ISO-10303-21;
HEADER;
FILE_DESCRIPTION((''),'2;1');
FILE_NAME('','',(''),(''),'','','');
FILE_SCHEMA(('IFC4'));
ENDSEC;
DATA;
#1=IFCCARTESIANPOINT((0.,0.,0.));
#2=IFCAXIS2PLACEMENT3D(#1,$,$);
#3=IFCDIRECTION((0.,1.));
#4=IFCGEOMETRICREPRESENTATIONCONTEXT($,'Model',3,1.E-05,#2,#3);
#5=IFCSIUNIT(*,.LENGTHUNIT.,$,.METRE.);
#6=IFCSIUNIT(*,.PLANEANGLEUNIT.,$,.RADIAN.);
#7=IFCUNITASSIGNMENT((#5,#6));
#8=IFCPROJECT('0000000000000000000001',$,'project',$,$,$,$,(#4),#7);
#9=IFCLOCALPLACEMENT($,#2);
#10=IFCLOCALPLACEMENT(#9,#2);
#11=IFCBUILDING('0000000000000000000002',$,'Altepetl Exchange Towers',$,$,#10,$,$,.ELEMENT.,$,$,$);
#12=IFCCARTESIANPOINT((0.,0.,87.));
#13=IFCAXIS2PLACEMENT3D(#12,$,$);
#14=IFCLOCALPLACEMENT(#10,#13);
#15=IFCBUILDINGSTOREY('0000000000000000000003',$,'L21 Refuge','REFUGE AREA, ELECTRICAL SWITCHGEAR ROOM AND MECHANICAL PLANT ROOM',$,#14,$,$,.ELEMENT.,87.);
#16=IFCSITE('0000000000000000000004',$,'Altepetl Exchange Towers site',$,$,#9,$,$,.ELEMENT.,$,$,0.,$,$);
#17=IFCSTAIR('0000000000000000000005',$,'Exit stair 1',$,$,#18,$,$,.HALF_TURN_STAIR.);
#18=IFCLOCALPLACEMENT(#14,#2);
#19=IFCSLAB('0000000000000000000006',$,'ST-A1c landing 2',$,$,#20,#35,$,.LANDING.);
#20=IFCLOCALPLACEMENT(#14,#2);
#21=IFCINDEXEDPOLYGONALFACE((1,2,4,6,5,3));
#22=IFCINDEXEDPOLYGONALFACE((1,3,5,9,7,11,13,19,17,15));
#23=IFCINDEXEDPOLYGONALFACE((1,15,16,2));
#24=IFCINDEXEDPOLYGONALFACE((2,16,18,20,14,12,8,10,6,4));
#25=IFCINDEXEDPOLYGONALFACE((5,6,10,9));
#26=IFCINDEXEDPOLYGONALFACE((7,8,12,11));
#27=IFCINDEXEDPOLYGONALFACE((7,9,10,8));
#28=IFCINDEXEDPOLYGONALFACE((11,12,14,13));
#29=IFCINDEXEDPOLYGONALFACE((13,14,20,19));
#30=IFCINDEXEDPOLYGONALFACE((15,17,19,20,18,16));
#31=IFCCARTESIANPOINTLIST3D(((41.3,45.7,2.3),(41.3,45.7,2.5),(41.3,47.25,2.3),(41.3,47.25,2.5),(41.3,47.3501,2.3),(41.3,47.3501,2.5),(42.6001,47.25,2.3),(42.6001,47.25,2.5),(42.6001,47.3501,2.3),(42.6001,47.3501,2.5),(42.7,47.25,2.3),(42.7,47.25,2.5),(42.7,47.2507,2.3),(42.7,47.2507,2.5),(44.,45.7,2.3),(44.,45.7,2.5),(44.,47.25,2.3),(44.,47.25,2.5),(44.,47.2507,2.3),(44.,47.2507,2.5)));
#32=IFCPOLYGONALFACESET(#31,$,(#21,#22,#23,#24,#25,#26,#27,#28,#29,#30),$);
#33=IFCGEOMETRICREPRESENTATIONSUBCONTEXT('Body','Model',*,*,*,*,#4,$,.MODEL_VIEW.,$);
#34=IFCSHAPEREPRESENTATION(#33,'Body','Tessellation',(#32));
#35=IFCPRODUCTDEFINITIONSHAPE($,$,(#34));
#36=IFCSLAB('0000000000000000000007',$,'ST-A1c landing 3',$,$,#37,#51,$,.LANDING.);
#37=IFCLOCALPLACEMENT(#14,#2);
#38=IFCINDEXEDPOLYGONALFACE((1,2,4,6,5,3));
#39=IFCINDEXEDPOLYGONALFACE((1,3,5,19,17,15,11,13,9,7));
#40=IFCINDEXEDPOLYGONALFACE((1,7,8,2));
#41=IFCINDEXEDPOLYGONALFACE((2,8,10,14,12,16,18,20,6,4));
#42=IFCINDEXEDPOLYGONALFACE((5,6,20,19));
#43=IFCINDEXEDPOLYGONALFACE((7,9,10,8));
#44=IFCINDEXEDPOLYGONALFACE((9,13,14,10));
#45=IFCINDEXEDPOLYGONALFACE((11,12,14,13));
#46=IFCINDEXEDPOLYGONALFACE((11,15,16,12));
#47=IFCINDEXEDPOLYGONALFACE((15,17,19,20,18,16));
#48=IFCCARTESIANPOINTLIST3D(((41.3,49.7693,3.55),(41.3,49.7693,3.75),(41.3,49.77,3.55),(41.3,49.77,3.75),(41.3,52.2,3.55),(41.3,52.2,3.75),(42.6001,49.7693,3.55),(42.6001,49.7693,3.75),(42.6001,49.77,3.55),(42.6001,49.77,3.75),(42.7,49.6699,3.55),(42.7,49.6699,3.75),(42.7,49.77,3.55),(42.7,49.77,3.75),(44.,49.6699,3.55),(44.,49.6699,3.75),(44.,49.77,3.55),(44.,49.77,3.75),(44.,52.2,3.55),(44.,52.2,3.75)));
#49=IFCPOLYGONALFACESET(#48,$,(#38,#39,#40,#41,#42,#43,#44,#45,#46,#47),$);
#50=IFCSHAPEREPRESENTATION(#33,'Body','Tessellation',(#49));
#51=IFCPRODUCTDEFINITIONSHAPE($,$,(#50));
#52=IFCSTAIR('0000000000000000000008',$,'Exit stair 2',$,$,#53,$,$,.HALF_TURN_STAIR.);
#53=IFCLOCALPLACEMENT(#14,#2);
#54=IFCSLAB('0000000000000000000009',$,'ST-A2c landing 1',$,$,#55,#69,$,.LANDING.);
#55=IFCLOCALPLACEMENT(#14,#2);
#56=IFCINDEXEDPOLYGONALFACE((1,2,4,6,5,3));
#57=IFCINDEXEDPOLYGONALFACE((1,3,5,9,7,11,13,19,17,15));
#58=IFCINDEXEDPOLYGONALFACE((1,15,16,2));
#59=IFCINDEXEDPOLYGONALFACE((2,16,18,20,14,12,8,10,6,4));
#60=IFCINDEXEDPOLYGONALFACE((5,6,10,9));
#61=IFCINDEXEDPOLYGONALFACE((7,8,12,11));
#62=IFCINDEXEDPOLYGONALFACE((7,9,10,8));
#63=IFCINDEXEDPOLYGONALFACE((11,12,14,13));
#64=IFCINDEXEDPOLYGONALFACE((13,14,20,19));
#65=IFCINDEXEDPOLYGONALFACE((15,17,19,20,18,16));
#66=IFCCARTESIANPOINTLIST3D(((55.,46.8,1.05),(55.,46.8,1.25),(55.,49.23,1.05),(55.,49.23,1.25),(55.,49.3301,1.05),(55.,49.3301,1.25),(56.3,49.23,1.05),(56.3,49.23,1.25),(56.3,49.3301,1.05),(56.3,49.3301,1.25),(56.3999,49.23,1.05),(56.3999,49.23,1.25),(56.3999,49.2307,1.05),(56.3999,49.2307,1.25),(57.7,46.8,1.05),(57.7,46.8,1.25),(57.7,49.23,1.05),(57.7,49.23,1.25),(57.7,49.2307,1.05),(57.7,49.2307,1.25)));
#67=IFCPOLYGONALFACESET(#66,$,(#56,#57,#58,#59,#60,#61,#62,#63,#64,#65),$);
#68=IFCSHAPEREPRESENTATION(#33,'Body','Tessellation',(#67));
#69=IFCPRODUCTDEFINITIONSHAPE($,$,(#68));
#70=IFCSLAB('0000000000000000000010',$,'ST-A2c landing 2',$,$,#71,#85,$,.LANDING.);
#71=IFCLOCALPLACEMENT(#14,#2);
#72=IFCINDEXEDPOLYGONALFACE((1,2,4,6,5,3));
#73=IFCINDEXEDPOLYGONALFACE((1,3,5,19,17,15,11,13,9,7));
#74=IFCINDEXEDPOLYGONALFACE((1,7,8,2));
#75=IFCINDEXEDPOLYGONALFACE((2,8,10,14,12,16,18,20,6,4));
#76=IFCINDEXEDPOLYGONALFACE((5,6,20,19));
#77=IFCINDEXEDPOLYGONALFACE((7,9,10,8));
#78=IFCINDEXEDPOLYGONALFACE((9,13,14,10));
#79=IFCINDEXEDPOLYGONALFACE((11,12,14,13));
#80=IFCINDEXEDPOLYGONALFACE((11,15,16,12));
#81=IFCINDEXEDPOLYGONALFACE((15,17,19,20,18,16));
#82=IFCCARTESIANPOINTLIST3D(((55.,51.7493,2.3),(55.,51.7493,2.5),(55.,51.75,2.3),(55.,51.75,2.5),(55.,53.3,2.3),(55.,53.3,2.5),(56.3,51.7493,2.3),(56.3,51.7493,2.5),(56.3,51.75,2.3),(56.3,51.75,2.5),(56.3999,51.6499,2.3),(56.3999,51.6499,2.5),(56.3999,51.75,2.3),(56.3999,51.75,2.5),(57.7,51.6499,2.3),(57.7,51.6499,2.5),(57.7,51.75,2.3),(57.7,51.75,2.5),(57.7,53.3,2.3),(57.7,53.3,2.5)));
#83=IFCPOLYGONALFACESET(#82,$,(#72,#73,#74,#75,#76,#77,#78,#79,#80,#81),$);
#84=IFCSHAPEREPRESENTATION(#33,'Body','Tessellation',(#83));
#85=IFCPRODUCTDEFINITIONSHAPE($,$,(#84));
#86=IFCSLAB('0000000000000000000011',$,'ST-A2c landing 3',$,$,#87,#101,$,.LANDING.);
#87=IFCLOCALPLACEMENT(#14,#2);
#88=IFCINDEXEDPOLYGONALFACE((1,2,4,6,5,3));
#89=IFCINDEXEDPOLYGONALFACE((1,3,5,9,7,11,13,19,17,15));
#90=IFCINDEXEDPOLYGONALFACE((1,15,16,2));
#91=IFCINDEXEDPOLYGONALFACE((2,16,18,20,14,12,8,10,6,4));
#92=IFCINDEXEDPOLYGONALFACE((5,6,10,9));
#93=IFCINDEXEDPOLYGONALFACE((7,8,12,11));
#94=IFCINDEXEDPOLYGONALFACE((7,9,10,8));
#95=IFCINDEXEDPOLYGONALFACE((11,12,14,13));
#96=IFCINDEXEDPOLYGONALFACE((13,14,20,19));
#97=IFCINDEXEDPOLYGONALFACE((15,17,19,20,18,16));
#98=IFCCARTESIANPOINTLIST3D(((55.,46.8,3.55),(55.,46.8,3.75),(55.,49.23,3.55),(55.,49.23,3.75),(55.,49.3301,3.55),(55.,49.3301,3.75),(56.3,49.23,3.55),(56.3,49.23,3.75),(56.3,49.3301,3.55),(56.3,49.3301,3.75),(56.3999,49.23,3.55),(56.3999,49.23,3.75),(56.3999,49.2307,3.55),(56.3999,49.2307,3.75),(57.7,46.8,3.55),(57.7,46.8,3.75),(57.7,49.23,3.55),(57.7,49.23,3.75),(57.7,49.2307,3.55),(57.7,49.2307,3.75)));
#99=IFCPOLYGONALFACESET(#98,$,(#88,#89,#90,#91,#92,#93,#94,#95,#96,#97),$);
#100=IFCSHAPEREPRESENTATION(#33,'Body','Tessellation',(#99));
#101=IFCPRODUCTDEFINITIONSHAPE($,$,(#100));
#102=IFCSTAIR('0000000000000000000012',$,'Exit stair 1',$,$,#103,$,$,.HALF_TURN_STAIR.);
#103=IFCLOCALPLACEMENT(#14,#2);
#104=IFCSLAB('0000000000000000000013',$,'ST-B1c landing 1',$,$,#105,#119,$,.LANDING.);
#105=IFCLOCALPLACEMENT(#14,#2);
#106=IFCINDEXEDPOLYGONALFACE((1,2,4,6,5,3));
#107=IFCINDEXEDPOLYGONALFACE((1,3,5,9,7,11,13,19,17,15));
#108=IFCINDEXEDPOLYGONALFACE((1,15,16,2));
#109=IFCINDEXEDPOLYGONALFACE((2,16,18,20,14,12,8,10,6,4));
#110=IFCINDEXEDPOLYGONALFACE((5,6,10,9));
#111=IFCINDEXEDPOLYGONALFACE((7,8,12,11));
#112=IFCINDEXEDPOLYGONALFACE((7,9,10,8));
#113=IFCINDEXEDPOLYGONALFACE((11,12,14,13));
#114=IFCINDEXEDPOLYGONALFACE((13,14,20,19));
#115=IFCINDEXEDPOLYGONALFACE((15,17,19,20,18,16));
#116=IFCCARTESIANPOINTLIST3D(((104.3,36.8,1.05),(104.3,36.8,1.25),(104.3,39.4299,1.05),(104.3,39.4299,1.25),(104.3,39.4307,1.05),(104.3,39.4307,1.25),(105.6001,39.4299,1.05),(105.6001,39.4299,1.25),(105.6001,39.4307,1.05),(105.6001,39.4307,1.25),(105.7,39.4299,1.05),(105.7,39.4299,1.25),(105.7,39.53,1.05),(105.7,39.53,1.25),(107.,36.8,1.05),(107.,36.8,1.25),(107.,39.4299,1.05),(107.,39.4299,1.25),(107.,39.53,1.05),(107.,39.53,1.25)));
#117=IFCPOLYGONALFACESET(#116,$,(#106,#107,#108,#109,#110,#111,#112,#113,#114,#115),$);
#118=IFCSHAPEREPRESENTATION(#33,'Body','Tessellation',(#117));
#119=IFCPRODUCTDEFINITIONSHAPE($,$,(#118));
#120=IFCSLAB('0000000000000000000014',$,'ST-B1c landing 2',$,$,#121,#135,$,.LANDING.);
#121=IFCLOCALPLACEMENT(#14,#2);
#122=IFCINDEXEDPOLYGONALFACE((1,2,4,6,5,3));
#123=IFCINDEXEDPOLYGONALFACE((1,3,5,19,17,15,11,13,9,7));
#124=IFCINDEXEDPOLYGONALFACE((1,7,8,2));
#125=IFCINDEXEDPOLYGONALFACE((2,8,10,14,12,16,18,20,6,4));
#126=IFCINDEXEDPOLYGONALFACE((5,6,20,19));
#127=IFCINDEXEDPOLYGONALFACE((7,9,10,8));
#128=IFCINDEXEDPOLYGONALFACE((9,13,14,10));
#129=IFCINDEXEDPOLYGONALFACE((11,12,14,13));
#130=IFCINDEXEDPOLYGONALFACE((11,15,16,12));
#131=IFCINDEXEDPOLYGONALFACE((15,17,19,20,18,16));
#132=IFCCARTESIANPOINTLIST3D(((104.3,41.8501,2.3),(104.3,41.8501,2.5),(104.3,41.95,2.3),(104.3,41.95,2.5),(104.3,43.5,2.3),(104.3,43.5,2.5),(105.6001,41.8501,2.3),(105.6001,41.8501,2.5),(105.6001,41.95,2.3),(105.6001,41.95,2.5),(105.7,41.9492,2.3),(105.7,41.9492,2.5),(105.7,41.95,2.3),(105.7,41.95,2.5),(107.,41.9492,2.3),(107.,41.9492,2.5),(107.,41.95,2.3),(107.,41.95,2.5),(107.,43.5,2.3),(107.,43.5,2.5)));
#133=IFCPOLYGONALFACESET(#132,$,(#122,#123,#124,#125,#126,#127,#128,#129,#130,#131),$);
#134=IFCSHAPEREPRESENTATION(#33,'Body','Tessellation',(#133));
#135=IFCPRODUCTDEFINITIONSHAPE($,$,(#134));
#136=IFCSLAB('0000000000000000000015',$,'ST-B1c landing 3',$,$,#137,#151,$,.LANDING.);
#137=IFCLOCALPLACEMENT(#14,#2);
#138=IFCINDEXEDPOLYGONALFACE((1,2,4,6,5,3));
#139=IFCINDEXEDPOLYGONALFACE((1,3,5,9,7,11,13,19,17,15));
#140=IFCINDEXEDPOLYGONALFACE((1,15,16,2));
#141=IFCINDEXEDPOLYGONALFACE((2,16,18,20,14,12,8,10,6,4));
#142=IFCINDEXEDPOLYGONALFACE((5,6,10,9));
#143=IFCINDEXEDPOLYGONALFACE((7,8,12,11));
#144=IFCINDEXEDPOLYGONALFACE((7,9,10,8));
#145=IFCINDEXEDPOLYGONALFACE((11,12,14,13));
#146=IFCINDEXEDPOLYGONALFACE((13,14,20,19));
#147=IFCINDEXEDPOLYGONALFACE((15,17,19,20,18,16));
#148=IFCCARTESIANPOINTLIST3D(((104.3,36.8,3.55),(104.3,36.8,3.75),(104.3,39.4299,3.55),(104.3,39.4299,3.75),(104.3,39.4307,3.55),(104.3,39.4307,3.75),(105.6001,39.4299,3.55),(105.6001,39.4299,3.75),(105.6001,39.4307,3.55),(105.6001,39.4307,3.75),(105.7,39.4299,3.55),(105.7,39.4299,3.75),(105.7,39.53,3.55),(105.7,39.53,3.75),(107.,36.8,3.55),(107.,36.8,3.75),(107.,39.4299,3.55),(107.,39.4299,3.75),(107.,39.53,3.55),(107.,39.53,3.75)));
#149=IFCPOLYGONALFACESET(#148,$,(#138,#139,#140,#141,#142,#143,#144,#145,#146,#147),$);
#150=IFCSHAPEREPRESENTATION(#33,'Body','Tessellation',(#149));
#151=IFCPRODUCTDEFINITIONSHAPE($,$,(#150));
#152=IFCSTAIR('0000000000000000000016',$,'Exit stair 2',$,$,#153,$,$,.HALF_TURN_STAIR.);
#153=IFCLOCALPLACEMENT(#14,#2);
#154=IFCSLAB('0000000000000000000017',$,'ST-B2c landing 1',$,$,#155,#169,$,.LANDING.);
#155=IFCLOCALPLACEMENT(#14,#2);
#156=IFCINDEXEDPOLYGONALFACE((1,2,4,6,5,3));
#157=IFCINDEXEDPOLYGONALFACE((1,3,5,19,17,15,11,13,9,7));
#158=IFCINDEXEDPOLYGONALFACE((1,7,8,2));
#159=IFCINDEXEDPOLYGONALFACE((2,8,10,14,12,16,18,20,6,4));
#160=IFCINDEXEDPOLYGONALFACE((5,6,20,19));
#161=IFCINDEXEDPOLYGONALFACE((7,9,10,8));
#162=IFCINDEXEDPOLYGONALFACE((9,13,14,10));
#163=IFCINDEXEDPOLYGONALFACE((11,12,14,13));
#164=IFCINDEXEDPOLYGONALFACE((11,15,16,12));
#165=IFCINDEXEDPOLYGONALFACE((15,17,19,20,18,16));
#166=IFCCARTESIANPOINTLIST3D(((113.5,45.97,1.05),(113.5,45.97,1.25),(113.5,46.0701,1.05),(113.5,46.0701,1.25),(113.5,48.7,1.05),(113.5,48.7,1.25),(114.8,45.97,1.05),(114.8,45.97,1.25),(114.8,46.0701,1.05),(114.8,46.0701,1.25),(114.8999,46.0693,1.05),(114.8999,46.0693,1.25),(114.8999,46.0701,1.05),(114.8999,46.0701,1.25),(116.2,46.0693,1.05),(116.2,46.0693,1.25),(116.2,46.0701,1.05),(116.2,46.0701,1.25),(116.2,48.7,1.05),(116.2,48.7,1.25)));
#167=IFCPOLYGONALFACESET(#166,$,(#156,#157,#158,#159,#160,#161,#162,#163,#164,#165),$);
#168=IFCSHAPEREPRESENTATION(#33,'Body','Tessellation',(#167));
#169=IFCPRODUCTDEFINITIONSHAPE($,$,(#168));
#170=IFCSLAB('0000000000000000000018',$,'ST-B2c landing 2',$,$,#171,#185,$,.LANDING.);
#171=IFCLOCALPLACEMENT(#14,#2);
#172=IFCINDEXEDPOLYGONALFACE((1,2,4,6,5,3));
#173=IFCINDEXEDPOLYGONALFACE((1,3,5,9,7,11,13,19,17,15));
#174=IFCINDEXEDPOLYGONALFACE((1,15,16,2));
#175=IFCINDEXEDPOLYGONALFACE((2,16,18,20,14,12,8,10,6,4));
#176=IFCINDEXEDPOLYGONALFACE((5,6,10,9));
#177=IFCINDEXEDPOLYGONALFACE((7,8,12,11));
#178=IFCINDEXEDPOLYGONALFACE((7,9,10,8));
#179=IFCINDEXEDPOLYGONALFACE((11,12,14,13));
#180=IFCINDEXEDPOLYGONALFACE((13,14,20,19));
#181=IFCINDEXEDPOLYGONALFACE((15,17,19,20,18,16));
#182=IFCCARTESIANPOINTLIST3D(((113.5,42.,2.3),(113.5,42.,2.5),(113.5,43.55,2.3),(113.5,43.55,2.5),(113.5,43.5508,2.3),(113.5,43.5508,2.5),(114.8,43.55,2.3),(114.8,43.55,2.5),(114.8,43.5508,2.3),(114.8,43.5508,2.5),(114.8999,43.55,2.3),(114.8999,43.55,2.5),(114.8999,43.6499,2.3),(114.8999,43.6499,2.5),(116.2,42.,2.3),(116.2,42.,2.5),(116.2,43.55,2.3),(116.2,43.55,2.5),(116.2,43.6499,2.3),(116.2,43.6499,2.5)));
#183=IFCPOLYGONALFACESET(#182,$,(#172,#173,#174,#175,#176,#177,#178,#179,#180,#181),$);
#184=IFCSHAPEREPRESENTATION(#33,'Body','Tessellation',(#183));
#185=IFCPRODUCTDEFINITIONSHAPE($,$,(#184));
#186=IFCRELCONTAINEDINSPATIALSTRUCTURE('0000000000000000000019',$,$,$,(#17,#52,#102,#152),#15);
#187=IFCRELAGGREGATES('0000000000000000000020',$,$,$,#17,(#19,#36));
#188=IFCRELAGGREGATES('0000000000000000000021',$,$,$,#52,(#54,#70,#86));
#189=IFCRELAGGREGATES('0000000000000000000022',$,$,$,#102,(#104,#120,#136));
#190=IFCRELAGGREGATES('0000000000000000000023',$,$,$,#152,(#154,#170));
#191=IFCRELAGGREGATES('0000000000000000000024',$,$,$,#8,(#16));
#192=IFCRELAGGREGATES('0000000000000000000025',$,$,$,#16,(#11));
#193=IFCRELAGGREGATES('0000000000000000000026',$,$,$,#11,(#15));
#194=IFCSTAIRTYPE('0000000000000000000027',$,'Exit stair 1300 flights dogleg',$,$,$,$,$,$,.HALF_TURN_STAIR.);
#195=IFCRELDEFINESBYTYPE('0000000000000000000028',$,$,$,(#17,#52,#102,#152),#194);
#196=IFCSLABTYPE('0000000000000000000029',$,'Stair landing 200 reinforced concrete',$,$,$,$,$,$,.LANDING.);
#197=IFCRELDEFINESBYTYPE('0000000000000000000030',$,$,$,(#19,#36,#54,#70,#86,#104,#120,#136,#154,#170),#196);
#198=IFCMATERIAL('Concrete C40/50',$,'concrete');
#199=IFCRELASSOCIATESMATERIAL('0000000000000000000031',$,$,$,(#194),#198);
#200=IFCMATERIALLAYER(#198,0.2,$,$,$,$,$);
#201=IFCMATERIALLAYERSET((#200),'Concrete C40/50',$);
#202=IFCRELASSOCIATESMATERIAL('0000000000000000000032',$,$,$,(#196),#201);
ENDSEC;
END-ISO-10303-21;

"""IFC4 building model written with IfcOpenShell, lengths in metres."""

from ifc_helpers import new_model, si_unit, direction, frame, origin, place, context, subcontext, project, spatial, polyline, outline, extrude, material, layer, layer_set, type_object, element, aggregate, save


model = new_model("IFC4")

# Units and contexts
model_context = context("Model", 3, precision=1e-05, world=origin(), true_north=direction((0.0, 1.0)))
body_context = subcontext(model_context, "Body", "Model", "MODEL_VIEW")
ifc_project = project(units=[si_unit("LENGTHUNIT", "METRE"), si_unit("PLANEANGLEUNIT", "RADIAN")], contexts=[model_context])

# Site, building, storey
site_placement = place(None, origin())
site = spatial("IfcSite", under=ifc_project, at=site_placement, Name="Altepetl Exchange Towers site", CompositionType="ELEMENT", RefElevation=0.0)
building_placement = place(site_placement, origin())
building = spatial("IfcBuilding", under=site, at=building_placement, Name="Altepetl Exchange Towers", CompositionType="ELEMENT")
storey_placement = place(building_placement, frame((0.0, 0.0, 87.0)))
storey = spatial("IfcBuildingStorey", under=building, at=storey_placement, Name="L21 Refuge", Description="REFUGE AREA, ELECTRICAL SWITCHGEAR ROOM AND MECHANICAL PLANT ROOM", CompositionType="ELEMENT", Elevation=87.0)

# Shared definitions
ifc_material_1 = material(Name="Concrete C40/50", Category="concrete")

# Stairs, slabs
stair_type = type_object("IfcStairType", Name="Exit stair 1300 flights dogleg", PredefinedType="HALF_TURN_STAIR", material=ifc_material_1)
stair_1_placement = place(storey_placement, origin())
stair_1 = element("IfcStair", 1, at=stair_1_placement, inside=storey, type_object=stair_type, Name="Exit stair 1", PredefinedType="HALF_TURN_STAIR")
ifc_layer_1 = layer(ifc_material_1, 0.2)
ifc_layer_set_1 = layer_set([ifc_layer_1], Name="Concrete C40/50")
slab_type_1 = type_object("IfcSlabType", Name="Stair landing 200 reinforced concrete", PredefinedType="LANDING", material=ifc_layer_set_1)
slab_1_placement = place(storey_placement, frame((0.0, 0.0, 2.3)))
slab_1 = element("IfcSlab", 2, at=slab_1_placement, type_object=slab_type_1, Name="ST-A1c landing 2", PredefinedType="LANDING", context=body_context, shape_type="SweptSolid", body=[
    extrude(outline(polyline([(44.0, 45.7), (41.3, 45.7), (41.3, 47.25), (41.3, 47.3501), (42.6001, 47.3501), (42.6001, 47.25), (42.7, 47.25), (42.7, 47.2507), (44.0, 47.2507), (44.0, 47.25), (44.0, 45.7)])), origin(), (0.0, 0.0, 1.0), 0.2),
])
slab_2_placement = place(storey_placement, frame((0.0, 0.0, 3.55)))
slab_2 = element("IfcSlab", 3, at=slab_2_placement, type_object=slab_type_1, Name="ST-A1c landing 3", PredefinedType="LANDING", context=body_context, shape_type="SweptSolid", body=[
    extrude(outline(polyline([(44.0, 49.6699), (42.7, 49.6699), (42.7, 49.77), (42.6001, 49.77), (42.6001, 49.7693), (41.3, 49.7693), (41.3, 49.77), (41.3, 52.2), (44.0, 52.2), (44.0, 49.77), (44.0, 49.6699)])), origin(), (0.0, 0.0, 1.0), 0.2),
])
aggregate(stair_1, [slab_1, slab_2])
stair_2_placement = place(storey_placement, origin())
stair_2 = element("IfcStair", 4, at=stair_2_placement, inside=storey, type_object=stair_type, Name="Exit stair 2", PredefinedType="HALF_TURN_STAIR")
slab_3_placement = place(storey_placement, frame((0.0, 0.0, 1.05)))
slab_3 = element("IfcSlab", 5, at=slab_3_placement, type_object=slab_type_1, Name="ST-A2c landing 1", PredefinedType="LANDING", context=body_context, shape_type="SweptSolid", body=[
    extrude(outline(polyline([(57.7, 46.8), (55.0, 46.8), (55.0, 49.23), (55.0, 49.3301), (56.3, 49.3301), (56.3, 49.23), (56.3999, 49.23), (56.3999, 49.2307), (57.7, 49.2307), (57.7, 49.23), (57.7, 46.8)])), origin(), (0.0, 0.0, 1.0), 0.2),
])
slab_4_placement = place(storey_placement, frame((0.0, 0.0, 2.3)))
slab_4 = element("IfcSlab", 6, at=slab_4_placement, type_object=slab_type_1, Name="ST-A2c landing 2", PredefinedType="LANDING", context=body_context, shape_type="SweptSolid", body=[
    extrude(outline(polyline([(57.7, 51.6499), (56.3999, 51.6499), (56.3999, 51.75), (56.3, 51.75), (56.3, 51.7493), (55.0, 51.7493), (55.0, 51.75), (55.0, 53.3), (57.7, 53.3), (57.7, 51.75), (57.7, 51.6499)])), origin(), (0.0, 0.0, 1.0), 0.2),
])
slab_5_placement = place(storey_placement, frame((0.0, 0.0, 3.55)))
slab_5 = element("IfcSlab", 7, at=slab_5_placement, type_object=slab_type_1, Name="ST-A2c landing 3", PredefinedType="LANDING", context=body_context, shape_type="SweptSolid", body=[
    extrude(outline(polyline([(57.7, 46.8), (55.0, 46.8), (55.0, 49.23), (55.0, 49.3301), (56.3, 49.3301), (56.3, 49.23), (56.3999, 49.23), (56.3999, 49.2307), (57.7, 49.2307), (57.7, 49.23), (57.7, 46.8)])), origin(), (0.0, 0.0, 1.0), 0.2),
])
aggregate(stair_2, [slab_3, slab_4, slab_5])
stair_3_placement = place(storey_placement, origin())
stair_3 = element("IfcStair", 8, at=stair_3_placement, inside=storey, type_object=stair_type, Name="Exit stair 1", PredefinedType="HALF_TURN_STAIR")
slab_6_placement = place(storey_placement, frame((0.0, 0.0, 1.05)))
slab_6 = element("IfcSlab", 9, at=slab_6_placement, type_object=slab_type_1, Name="ST-B1c landing 1", PredefinedType="LANDING", context=body_context, shape_type="SweptSolid", body=[
    extrude(outline(polyline([(107.0, 36.8), (104.3, 36.8), (104.3, 39.4299), (104.3, 39.4307), (105.6001, 39.4307), (105.6001, 39.4299), (105.7, 39.4299), (105.7, 39.53), (107.0, 39.53), (107.0, 39.4299), (107.0, 36.8)])), origin(), (0.0, 0.0, 1.0), 0.2),
])
slab_7_placement = place(storey_placement, frame((0.0, 0.0, 2.3)))
slab_7 = element("IfcSlab", 10, at=slab_7_placement, type_object=slab_type_1, Name="ST-B1c landing 2", PredefinedType="LANDING", context=body_context, shape_type="SweptSolid", body=[
    extrude(outline(polyline([(105.6001, 41.8501), (104.3, 41.8501), (104.3, 41.95), (104.3, 43.5), (107.0, 43.5), (107.0, 41.95), (107.0, 41.9492), (105.7, 41.9492), (105.7, 41.95), (105.6001, 41.95), (105.6001, 41.8501)])), origin(), (0.0, 0.0, 1.0), 0.2),
])
slab_8_placement = place(storey_placement, frame((0.0, 0.0, 3.55)))
slab_8 = element("IfcSlab", 11, at=slab_8_placement, type_object=slab_type_1, Name="ST-B1c landing 3", PredefinedType="LANDING", context=body_context, shape_type="SweptSolid", body=[
    extrude(outline(polyline([(107.0, 36.8), (104.3, 36.8), (104.3, 39.4299), (104.3, 39.4307), (105.6001, 39.4307), (105.6001, 39.4299), (105.7, 39.4299), (105.7, 39.53), (107.0, 39.53), (107.0, 39.4299), (107.0, 36.8)])), origin(), (0.0, 0.0, 1.0), 0.2),
])
aggregate(stair_3, [slab_6, slab_7, slab_8])
stair_4_placement = place(storey_placement, origin())
stair_4 = element("IfcStair", 12, at=stair_4_placement, inside=storey, type_object=stair_type, Name="Exit stair 2", PredefinedType="HALF_TURN_STAIR")
slab_9_placement = place(storey_placement, frame((0.0, 0.0, 1.05)))
slab_9 = element("IfcSlab", 13, at=slab_9_placement, type_object=slab_type_1, Name="ST-B2c landing 1", PredefinedType="LANDING", context=body_context, shape_type="SweptSolid", body=[
    extrude(outline(polyline([(114.8, 45.97), (113.5, 45.97), (113.5, 46.0701), (113.5, 48.7), (116.2, 48.7), (116.2, 46.0701), (116.2, 46.0693), (114.8999, 46.0693), (114.8999, 46.0701), (114.8, 46.0701), (114.8, 45.97)])), origin(), (0.0, 0.0, 1.0), 0.2),
])
slab_10_placement = place(storey_placement, frame((0.0, 0.0, 2.3)))
slab_10 = element("IfcSlab", 14, at=slab_10_placement, type_object=slab_type_1, Name="ST-B2c landing 2", PredefinedType="LANDING", context=body_context, shape_type="SweptSolid", body=[
    extrude(outline(polyline([(116.2, 42.0), (113.5, 42.0), (113.5, 43.55), (113.5, 43.5508), (114.8, 43.5508), (114.8, 43.55), (114.8999, 43.55), (114.8999, 43.6499), (116.2, 43.6499), (116.2, 43.55), (116.2, 42.0)])), origin(), (0.0, 0.0, 1.0), 0.2),
])
aggregate(stair_4, [slab_9, slab_10])

save(model, "model.ifc")
